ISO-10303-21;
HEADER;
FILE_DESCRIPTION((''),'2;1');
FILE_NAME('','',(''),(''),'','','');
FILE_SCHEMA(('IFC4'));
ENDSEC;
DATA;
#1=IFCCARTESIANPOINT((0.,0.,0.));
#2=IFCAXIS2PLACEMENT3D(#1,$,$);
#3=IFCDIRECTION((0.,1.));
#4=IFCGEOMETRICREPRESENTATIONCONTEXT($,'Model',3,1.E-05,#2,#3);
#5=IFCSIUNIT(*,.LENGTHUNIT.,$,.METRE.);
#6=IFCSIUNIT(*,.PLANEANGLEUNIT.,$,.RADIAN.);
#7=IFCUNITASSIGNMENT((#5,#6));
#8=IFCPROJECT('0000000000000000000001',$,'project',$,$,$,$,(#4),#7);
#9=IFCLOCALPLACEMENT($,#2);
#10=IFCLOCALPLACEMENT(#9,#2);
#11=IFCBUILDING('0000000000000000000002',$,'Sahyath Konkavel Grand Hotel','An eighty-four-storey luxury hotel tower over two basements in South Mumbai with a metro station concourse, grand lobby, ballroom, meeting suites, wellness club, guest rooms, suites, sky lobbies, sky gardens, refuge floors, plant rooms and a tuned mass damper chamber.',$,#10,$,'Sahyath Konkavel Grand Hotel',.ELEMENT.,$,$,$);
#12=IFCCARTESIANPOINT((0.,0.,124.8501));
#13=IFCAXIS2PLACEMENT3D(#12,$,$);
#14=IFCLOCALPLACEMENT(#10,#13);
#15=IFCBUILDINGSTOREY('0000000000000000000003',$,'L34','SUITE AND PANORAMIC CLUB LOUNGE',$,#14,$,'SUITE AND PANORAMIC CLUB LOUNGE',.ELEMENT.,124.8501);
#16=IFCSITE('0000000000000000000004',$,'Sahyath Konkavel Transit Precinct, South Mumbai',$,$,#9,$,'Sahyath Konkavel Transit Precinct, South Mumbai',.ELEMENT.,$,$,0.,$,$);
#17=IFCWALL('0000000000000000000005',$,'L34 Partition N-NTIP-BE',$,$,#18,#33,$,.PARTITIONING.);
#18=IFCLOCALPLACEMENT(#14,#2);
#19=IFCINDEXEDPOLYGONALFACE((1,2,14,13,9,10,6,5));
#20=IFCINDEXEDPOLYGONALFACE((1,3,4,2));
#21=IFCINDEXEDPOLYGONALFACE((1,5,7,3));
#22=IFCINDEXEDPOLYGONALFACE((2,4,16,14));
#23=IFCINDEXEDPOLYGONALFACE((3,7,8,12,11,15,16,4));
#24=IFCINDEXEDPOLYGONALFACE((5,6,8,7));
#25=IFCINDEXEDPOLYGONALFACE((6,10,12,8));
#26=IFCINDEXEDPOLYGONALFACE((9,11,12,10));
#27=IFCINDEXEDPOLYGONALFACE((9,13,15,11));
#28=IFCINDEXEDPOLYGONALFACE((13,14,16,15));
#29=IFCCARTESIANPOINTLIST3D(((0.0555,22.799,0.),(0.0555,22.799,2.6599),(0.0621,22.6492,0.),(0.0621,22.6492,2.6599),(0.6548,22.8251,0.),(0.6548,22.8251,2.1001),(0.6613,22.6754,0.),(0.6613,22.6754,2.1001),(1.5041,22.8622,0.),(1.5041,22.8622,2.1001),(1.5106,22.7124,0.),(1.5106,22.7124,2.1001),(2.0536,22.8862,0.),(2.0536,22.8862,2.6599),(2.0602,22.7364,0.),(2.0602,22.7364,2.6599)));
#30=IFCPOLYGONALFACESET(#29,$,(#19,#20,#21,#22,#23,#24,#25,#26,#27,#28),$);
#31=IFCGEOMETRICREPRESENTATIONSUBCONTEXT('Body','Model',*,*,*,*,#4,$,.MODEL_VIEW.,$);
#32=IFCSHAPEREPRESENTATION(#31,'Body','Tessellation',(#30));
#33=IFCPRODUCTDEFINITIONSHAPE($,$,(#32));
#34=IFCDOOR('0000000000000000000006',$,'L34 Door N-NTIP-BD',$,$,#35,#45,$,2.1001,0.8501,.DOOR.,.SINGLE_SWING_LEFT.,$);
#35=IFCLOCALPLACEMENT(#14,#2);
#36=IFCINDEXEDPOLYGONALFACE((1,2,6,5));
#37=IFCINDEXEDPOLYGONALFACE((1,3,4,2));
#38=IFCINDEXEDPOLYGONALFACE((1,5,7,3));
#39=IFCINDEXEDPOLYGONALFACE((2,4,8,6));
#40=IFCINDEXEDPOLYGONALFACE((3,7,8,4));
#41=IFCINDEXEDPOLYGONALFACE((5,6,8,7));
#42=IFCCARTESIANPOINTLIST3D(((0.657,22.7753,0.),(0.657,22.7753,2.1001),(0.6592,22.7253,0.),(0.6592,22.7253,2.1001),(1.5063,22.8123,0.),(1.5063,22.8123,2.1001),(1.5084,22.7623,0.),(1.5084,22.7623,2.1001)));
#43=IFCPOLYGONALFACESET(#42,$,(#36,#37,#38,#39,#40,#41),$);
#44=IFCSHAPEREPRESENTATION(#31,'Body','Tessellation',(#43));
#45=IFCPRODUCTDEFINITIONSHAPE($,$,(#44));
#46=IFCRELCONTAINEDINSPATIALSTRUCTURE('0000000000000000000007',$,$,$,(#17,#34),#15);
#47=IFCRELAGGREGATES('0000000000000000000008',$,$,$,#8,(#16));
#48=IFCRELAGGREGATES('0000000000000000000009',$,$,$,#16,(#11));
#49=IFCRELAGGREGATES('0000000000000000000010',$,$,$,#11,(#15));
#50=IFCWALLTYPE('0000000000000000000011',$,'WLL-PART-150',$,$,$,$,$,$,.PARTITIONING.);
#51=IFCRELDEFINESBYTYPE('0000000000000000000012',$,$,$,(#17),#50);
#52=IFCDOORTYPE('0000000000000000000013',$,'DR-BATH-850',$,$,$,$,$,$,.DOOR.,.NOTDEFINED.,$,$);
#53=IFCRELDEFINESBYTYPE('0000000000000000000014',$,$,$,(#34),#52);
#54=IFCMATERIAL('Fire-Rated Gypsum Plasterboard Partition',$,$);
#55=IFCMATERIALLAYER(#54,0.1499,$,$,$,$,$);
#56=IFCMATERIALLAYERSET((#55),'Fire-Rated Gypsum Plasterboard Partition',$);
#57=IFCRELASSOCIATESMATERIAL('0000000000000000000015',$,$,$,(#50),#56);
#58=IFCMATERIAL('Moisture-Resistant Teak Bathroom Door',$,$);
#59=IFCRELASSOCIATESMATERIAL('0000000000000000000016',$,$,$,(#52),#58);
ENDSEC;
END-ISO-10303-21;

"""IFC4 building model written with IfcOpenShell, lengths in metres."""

from ifc_helpers import new_model, si_unit, direction, frame, frame_2d, origin, origin_2d, place, context, subcontext, project, spatial, rectangle, extrude, source, transform, mapped, material, layer, layer_set, type_object, element, fill, save


model = new_model("IFC4")

# Units and contexts
model_context = context("Model", 3, precision=1e-05, world=origin(), true_north=direction((0.0, 1.0)))
body_context = subcontext(model_context, "Body", "Model", "MODEL_VIEW")
ifc_project = project(units=[si_unit("LENGTHUNIT", "METRE"), si_unit("PLANEANGLEUNIT", "RADIAN")], contexts=[model_context])

# Site, building, storey
site_placement = place(None, origin())
site = spatial("IfcSite", under=ifc_project, at=site_placement, Name="Sahyath Konkavel Transit Precinct, South Mumbai", LongName="Sahyath Konkavel Transit Precinct, South Mumbai", CompositionType="ELEMENT", RefElevation=0.0)
building_placement = place(site_placement, origin())
building = spatial("IfcBuilding", under=site, at=building_placement, Name="Sahyath Konkavel Grand Hotel", Description="An eighty-four-storey luxury hotel tower over two basements in South Mumbai with a metro station concourse, grand lobby, ballroom, meeting suites, wellness club, guest rooms, suites, sky lobbies, sky gardens, refuge floors, plant rooms and a tuned mass damper chamber.", LongName="Sahyath Konkavel Grand Hotel", CompositionType="ELEMENT")
storey_placement = place(building_placement, frame((0.0, 0.0, 124.8501)))
storey = spatial("IfcBuildingStorey", under=building, at=storey_placement, Name="L34", Description="SUITE AND PANORAMIC CLUB LOUNGE", LongName="SUITE AND PANORAMIC CLUB LOUNGE", CompositionType="ELEMENT", Elevation=124.8501)

# Shared definitions
shared_shape_1 = source(origin(), body_context, "Body", "SweptSolid", [
    extrude(rectangle(XDim=0.8501, YDim=0.05, at=origin_2d()), origin(), (0.0, 0.0, 1.0), 2.1001),
])

# Shared definitions
ifc_material_1 = material(Name="Fire-Rated Gypsum Plasterboard Partition")
ifc_layer_1 = layer(ifc_material_1, 0.1499)
ifc_layer_set_1 = layer_set([ifc_layer_1], Name="Fire-Rated Gypsum Plasterboard Partition")
wall_type_1 = type_object("IfcWallType", Name="WLL-PART-150", PredefinedType="PARTITIONING", material=ifc_layer_set_1)

# Wall, opening, door
wall_1_placement = place(storey_placement, frame((2.0569, 22.8113, 0.0), z_axis=(0.0, 0.0, 1.0), x_axis=(-0.99905, -0.04358, 0.0)))
wall_1 = element("IfcWall", 1, at=wall_1_placement, inside=storey, type_object=wall_type_1, Name="L34 Partition N-NTIP-BE", PredefinedType="PARTITIONING", context=body_context, shape_type="SweptSolid", body=[
    extrude(rectangle(XDim=2.0, YDim=0.1499, at=frame_2d((1.0, 0.0))), origin(), (0.0, 0.0, 1.0), 2.6599),
])
opening_1_placement = place(wall_1_placement, frame((0.55, 0.0, 0.0)))
opening_1 = element("IfcOpeningElement", 2, at=opening_1_placement, cuts=wall_1, PredefinedType="OPENING", context=body_context, shape_type="SweptSolid", body=[
    extrude(rectangle(XDim=0.8501, YDim=2.1001, at=frame_2d((0.425, 1.05))), frame((0.0, 0.085, 0.0), z_axis=(0.0, -1.0, 0.0), x_axis=(1.0, 0.0, 0.0)), (0.0, 0.0, 1.0), 0.1699),
])
ifc_material_2 = material(Name="Moisture-Resistant Teak Bathroom Door")
door_type_1 = type_object("IfcDoorType", Name="DR-BATH-850", OperationType="NOTDEFINED", PredefinedType="DOOR", material=ifc_material_2)
door_1_placement = place(opening_1_placement, frame((0.425, 0.0, 0.0)))
door_1 = element("IfcDoor", 3, at=door_1_placement, inside=storey, type_object=door_type_1, Name="L34 Door N-NTIP-BD", OperationType="SINGLE_SWING_LEFT", OverallHeight=2.1001, OverallWidth=0.8501, PredefinedType="DOOR", context=body_context, shape_type="MappedRepresentation", body=[
    mapped(shared_shape_1, transform((0.0, 0.0, 0.0), scale=1.0)),
])
fill(opening_1, door_1)

save(model, "model.ifc")
